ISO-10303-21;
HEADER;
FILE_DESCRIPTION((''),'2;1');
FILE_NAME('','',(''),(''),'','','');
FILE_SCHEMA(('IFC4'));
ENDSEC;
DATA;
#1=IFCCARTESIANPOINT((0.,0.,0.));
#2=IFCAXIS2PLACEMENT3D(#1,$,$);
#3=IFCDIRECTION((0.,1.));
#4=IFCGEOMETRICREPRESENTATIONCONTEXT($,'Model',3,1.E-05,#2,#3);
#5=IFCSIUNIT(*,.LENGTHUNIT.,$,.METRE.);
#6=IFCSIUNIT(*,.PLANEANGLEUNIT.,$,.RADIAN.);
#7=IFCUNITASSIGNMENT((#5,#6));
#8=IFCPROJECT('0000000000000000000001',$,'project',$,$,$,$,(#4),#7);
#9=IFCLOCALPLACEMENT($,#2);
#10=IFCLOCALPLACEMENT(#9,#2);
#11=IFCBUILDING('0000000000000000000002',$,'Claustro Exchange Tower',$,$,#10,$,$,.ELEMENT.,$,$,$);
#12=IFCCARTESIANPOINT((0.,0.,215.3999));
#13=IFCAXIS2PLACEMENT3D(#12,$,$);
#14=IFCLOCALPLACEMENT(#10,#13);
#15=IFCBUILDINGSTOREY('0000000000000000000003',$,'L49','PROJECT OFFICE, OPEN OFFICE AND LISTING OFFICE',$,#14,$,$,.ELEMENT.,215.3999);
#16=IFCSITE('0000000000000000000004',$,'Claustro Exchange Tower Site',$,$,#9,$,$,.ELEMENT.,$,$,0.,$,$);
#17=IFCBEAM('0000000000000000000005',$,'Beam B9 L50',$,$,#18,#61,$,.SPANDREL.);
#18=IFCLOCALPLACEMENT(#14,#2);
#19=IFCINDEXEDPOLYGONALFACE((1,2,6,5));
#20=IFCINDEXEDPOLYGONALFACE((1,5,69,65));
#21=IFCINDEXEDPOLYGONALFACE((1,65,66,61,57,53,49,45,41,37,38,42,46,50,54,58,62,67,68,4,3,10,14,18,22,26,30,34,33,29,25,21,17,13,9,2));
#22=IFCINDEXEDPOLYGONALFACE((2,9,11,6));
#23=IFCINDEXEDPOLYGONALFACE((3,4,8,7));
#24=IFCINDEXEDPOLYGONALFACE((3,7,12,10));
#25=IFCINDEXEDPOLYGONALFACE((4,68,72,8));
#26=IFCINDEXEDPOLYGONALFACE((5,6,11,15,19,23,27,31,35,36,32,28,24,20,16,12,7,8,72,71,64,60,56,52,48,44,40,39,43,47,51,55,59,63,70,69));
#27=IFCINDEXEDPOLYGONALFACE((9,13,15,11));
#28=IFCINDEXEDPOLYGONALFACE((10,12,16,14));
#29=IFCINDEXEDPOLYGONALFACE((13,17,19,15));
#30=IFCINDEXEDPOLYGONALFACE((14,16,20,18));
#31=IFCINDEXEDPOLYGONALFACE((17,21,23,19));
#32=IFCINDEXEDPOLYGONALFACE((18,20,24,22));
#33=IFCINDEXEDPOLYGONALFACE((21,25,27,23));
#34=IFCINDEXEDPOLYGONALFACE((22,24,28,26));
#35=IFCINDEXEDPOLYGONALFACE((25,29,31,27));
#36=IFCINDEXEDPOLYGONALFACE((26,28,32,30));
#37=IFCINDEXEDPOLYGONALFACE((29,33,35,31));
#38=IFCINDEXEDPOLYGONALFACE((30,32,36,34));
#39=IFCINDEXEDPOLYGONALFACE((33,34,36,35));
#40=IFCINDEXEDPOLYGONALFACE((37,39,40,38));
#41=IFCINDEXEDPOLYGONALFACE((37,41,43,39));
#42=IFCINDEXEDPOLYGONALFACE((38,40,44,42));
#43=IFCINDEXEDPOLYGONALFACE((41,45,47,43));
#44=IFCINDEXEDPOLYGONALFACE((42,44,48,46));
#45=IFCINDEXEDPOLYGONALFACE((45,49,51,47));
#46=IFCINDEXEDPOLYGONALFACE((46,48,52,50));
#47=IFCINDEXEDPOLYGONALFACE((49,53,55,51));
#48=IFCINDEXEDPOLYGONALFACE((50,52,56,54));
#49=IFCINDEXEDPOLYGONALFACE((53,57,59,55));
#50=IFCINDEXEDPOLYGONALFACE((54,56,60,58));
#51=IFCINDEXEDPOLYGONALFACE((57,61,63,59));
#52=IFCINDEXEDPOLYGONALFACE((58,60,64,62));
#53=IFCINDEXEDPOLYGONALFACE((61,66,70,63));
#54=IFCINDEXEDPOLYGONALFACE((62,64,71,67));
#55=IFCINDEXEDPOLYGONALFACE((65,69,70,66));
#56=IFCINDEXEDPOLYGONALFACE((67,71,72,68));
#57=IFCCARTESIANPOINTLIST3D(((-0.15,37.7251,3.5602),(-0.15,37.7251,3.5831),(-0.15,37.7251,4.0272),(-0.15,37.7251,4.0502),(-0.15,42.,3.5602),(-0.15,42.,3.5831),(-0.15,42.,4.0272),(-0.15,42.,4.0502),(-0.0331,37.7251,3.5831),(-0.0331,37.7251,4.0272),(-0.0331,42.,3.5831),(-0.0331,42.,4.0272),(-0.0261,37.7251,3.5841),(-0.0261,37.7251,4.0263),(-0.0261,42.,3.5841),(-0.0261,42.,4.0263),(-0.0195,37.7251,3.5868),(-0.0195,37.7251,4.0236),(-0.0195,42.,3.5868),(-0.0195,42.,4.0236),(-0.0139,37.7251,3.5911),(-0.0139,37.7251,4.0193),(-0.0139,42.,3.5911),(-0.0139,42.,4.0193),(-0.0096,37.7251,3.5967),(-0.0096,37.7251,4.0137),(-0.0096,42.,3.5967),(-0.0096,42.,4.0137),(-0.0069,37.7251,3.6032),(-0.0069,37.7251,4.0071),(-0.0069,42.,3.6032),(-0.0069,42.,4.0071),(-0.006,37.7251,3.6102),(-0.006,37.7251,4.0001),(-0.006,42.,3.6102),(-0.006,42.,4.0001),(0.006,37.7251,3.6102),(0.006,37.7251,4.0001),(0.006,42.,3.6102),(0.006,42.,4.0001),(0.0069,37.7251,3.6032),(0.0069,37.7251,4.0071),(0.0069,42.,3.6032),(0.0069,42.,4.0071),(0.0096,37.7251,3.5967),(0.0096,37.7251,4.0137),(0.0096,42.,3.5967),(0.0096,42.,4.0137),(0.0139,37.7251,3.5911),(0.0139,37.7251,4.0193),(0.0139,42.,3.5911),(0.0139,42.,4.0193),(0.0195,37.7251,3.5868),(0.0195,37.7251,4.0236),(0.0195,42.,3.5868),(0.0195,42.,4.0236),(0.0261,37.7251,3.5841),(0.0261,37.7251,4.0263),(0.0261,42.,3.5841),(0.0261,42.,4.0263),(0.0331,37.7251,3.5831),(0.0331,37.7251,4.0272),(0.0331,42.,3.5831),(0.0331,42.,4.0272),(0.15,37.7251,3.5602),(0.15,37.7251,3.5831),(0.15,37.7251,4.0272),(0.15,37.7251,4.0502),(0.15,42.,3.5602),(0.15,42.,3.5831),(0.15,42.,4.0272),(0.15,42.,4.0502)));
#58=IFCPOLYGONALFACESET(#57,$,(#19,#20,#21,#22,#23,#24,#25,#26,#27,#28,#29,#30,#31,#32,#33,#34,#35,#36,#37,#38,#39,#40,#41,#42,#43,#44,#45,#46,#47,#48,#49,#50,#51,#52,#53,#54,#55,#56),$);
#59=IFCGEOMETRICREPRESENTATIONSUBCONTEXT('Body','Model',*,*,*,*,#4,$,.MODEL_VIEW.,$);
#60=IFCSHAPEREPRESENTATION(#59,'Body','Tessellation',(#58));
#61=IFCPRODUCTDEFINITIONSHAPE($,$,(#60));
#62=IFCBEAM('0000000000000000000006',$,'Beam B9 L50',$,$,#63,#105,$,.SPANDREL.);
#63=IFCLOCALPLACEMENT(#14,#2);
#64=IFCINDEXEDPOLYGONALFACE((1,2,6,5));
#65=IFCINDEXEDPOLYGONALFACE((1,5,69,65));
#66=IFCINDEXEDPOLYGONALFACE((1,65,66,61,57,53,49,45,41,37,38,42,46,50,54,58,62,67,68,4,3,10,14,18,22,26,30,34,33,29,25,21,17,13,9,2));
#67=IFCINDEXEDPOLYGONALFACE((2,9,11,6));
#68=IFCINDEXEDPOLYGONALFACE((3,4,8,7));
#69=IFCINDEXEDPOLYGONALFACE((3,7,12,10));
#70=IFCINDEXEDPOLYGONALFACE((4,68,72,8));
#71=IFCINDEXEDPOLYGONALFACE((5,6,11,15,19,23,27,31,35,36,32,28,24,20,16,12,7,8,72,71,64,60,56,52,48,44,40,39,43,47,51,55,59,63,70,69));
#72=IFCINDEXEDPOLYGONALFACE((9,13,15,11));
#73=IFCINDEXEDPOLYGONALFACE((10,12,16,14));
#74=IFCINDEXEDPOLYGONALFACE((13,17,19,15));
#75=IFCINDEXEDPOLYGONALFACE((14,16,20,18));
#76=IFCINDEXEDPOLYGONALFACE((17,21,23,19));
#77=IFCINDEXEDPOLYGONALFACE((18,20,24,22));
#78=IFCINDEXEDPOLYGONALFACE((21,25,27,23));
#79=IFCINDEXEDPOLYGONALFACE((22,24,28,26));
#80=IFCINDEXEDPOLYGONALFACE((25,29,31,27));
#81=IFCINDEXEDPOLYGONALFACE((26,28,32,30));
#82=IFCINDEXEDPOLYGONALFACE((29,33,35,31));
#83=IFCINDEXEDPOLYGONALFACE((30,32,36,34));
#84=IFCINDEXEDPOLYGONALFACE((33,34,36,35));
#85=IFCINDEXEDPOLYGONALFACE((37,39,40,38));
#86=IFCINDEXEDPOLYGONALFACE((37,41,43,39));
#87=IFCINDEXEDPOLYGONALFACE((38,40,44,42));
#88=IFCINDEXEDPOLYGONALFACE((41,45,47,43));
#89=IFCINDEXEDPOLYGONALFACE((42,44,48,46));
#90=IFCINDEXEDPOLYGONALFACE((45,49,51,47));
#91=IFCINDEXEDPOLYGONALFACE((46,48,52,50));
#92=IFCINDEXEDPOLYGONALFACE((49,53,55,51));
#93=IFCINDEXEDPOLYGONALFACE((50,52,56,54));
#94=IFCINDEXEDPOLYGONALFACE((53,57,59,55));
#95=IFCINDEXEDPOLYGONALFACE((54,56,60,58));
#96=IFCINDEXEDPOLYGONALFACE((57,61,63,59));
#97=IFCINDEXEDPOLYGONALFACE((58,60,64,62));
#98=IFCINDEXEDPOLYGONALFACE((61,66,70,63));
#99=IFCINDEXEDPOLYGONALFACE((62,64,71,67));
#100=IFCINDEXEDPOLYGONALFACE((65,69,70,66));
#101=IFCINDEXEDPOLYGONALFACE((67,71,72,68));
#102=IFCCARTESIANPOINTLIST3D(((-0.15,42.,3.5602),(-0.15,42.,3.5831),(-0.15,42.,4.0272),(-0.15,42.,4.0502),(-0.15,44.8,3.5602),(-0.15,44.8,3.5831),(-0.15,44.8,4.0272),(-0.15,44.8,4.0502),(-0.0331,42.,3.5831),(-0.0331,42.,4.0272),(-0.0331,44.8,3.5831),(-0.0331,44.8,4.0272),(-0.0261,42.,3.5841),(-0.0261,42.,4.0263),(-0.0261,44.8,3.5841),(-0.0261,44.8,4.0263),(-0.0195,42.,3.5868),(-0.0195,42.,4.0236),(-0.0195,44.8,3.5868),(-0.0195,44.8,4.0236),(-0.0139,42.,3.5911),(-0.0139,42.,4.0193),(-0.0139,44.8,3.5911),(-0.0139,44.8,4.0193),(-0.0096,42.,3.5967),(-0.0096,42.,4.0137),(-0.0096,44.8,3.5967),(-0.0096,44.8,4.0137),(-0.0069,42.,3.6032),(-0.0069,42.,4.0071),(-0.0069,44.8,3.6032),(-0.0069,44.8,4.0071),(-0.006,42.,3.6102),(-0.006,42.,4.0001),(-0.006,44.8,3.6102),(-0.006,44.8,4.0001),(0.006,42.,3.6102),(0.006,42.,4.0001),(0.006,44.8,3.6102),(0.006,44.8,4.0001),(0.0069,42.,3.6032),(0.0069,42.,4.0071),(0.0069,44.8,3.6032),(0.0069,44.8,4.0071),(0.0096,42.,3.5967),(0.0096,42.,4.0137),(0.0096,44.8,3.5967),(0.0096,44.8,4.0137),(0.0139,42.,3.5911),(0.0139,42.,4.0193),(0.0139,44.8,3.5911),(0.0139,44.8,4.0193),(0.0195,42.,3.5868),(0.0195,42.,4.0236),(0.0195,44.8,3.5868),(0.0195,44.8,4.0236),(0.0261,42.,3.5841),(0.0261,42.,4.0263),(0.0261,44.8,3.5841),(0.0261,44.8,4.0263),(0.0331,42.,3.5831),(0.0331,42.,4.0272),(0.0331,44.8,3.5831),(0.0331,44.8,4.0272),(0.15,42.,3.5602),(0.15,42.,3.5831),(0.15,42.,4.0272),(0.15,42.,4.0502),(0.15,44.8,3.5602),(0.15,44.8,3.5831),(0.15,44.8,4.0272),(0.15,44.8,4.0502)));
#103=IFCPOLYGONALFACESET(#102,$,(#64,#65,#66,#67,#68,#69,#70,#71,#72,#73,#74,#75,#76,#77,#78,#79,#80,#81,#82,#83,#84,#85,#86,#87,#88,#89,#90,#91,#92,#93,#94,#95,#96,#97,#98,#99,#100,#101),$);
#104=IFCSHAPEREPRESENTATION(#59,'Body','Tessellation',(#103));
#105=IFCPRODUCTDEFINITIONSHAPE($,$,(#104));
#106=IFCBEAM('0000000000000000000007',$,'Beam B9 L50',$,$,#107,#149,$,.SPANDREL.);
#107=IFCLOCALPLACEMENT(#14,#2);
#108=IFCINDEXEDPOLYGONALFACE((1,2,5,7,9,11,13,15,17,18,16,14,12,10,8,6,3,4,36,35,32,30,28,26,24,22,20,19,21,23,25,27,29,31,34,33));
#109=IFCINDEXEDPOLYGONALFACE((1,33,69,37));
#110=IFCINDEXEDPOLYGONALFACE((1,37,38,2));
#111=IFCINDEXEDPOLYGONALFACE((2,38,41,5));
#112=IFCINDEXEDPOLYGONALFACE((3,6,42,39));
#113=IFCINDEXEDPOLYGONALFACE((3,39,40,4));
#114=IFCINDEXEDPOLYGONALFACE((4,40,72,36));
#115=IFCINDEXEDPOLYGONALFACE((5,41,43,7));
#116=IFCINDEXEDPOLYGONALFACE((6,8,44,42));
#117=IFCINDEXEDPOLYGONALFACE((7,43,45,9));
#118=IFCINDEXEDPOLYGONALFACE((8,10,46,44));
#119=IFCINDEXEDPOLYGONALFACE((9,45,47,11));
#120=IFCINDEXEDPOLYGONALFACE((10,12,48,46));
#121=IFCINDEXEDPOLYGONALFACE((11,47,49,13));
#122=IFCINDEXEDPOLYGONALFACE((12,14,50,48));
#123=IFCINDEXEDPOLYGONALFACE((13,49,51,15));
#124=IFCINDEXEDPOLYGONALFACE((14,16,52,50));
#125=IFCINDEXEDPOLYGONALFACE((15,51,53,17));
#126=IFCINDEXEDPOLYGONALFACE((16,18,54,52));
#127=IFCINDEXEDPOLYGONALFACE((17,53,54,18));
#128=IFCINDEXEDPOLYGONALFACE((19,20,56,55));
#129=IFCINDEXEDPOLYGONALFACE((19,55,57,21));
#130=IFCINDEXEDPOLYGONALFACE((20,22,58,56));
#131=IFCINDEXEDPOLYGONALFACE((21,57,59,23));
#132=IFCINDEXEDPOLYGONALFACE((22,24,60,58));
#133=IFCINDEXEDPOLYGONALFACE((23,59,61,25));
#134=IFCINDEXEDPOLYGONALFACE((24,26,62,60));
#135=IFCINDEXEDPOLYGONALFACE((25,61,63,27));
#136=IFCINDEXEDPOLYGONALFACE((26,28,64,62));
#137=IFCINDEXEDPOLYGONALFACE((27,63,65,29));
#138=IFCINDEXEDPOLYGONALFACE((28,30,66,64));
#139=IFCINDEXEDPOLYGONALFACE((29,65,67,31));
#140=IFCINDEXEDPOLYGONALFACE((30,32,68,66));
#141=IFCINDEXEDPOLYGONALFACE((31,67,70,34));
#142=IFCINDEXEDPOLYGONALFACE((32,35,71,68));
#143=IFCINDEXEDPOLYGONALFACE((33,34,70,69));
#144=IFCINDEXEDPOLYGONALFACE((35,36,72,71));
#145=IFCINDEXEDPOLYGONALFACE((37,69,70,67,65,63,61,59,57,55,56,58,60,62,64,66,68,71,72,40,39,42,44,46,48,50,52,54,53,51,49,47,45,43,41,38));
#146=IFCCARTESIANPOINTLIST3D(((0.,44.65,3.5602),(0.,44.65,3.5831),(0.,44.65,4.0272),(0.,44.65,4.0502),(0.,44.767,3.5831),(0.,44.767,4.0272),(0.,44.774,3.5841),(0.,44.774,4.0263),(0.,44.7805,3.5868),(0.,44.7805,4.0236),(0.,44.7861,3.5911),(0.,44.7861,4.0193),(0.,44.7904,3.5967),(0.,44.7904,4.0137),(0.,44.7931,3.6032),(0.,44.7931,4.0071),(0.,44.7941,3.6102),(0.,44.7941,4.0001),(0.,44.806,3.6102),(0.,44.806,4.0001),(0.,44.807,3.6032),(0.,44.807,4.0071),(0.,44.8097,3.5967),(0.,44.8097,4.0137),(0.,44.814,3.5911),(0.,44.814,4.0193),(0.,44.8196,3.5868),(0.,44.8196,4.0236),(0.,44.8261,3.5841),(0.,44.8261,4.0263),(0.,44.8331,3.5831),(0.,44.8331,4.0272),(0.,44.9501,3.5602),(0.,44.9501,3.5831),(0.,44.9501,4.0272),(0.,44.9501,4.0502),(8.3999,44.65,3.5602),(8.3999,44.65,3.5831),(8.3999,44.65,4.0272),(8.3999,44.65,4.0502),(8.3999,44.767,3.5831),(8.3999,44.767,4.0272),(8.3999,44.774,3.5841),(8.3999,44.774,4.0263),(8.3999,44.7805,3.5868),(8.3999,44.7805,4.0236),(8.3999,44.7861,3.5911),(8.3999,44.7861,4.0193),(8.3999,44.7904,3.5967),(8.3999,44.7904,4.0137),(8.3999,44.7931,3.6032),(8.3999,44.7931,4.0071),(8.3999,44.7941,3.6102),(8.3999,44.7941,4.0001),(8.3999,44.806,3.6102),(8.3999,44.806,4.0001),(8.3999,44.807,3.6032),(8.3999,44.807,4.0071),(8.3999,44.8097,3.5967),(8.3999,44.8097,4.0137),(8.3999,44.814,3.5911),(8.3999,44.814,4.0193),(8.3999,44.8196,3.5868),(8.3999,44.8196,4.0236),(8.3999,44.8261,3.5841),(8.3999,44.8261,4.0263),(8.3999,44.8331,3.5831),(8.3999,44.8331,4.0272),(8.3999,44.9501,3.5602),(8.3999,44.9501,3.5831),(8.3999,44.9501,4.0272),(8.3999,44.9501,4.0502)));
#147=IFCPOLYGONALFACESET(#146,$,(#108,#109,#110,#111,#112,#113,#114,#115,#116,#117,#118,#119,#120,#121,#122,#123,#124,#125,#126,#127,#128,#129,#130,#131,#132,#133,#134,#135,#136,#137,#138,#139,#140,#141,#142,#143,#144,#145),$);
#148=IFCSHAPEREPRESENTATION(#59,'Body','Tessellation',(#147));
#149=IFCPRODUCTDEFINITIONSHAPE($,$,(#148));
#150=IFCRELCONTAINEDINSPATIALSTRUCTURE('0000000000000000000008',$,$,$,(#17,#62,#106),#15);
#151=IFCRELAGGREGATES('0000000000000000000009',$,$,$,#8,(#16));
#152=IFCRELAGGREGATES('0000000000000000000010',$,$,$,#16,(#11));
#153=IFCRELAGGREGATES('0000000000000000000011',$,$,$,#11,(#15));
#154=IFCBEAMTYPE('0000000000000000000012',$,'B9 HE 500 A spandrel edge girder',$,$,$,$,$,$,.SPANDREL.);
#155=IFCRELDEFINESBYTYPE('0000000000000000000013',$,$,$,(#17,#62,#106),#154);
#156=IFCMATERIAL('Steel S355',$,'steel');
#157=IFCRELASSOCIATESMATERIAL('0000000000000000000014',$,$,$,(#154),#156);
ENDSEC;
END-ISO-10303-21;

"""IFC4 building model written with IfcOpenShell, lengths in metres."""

from ifc_helpers import new_model, si_unit, direction, frame, origin, origin_2d, place, context, subcontext, project, spatial, i_section, extrude, material, material_profile, profile_set, type_object, element, save


model = new_model("IFC4")

# Units and contexts
model_context = context("Model", 3, precision=1e-05, world=origin(), true_north=direction((0.0, 1.0)))
body_context = subcontext(model_context, "Body", "Model", "MODEL_VIEW")
ifc_project = project(units=[si_unit("LENGTHUNIT", "METRE"), si_unit("PLANEANGLEUNIT", "RADIAN")], contexts=[model_context])

# Site, building, storey
site_placement = place(None, origin())
site = spatial("IfcSite", under=ifc_project, at=site_placement, Name="Claustro Exchange Tower Site", CompositionType="ELEMENT", RefElevation=0.0)
building_placement = place(site_placement, origin())
building = spatial("IfcBuilding", under=site, at=building_placement, Name="Claustro Exchange Tower", CompositionType="ELEMENT")
storey_placement = place(building_placement, frame((0.0, 0.0, 215.3999)))
storey = spatial("IfcBuildingStorey", under=building, at=storey_placement, Name="L49", Description="PROJECT OFFICE, OPEN OFFICE AND LISTING OFFICE", CompositionType="ELEMENT", Elevation=215.3999)

# Beams
ifc_material_1 = material(Name="Steel S355", Category="steel")
ifc_material_profile_1 = material_profile(ifc_material_1, i_section(OverallWidth=0.3, OverallDepth=0.49, WebThickness=0.012, FlangeThickness=0.0229, FilletRadius=0.0271, at=origin_2d()), Name="HE 500 A")
ifc_profile_set_1 = profile_set([ifc_material_profile_1], Name="Steel S355")
beam_type_1 = type_object("IfcBeamType", Name="B9 HE 500 A spandrel edge girder", PredefinedType="SPANDREL", material=ifc_profile_set_1)
beam_1_placement = place(storey_placement, frame((0.0, 37.7251, 3.8052), z_axis=(0.0, 1.0, 0.0), x_axis=(-1.0, 0.0, 0.0)))
element("IfcBeam", 1, at=beam_1_placement, inside=storey, type_object=beam_type_1, Name="Beam B9 L50", PredefinedType="SPANDREL", context=body_context, shape_type="SweptSolid", body=[
    extrude(i_section(OverallWidth=0.3, OverallDepth=0.49, WebThickness=0.012, FlangeThickness=0.0229, FilletRadius=0.0271, at=origin_2d()), origin(), (0.0, 0.0, 1.0), 4.2749),
])
beam_2_placement = place(storey_placement, frame((0.0, 42.0, 3.8052), z_axis=(0.0, 1.0, 0.0), x_axis=(-1.0, 0.0, 0.0)))
element("IfcBeam", 2, at=beam_2_placement, inside=storey, type_object=beam_type_1, Name="Beam B9 L50", PredefinedType="SPANDREL", context=body_context, shape_type="SweptSolid", body=[
    extrude(i_section(OverallWidth=0.3, OverallDepth=0.49, WebThickness=0.012, FlangeThickness=0.0229, FilletRadius=0.0271, at=origin_2d()), origin(), (0.0, 0.0, 1.0), 2.8),
])
beam_3_placement = place(storey_placement, frame((0.0, 44.8, 3.8052), z_axis=(1.0, 0.0, 0.0), x_axis=(0.0, 1.0, 0.0)))
element("IfcBeam", 3, at=beam_3_placement, inside=storey, type_object=beam_type_1, Name="Beam B9 L50", PredefinedType="SPANDREL", context=body_context, shape_type="SweptSolid", body=[
    extrude(i_section(OverallWidth=0.3, OverallDepth=0.49, WebThickness=0.012, FlangeThickness=0.0229, FilletRadius=0.0271, at=origin_2d()), origin(), (0.0, 0.0, 1.0), 8.3999),
])

save(model, "model.ifc")
